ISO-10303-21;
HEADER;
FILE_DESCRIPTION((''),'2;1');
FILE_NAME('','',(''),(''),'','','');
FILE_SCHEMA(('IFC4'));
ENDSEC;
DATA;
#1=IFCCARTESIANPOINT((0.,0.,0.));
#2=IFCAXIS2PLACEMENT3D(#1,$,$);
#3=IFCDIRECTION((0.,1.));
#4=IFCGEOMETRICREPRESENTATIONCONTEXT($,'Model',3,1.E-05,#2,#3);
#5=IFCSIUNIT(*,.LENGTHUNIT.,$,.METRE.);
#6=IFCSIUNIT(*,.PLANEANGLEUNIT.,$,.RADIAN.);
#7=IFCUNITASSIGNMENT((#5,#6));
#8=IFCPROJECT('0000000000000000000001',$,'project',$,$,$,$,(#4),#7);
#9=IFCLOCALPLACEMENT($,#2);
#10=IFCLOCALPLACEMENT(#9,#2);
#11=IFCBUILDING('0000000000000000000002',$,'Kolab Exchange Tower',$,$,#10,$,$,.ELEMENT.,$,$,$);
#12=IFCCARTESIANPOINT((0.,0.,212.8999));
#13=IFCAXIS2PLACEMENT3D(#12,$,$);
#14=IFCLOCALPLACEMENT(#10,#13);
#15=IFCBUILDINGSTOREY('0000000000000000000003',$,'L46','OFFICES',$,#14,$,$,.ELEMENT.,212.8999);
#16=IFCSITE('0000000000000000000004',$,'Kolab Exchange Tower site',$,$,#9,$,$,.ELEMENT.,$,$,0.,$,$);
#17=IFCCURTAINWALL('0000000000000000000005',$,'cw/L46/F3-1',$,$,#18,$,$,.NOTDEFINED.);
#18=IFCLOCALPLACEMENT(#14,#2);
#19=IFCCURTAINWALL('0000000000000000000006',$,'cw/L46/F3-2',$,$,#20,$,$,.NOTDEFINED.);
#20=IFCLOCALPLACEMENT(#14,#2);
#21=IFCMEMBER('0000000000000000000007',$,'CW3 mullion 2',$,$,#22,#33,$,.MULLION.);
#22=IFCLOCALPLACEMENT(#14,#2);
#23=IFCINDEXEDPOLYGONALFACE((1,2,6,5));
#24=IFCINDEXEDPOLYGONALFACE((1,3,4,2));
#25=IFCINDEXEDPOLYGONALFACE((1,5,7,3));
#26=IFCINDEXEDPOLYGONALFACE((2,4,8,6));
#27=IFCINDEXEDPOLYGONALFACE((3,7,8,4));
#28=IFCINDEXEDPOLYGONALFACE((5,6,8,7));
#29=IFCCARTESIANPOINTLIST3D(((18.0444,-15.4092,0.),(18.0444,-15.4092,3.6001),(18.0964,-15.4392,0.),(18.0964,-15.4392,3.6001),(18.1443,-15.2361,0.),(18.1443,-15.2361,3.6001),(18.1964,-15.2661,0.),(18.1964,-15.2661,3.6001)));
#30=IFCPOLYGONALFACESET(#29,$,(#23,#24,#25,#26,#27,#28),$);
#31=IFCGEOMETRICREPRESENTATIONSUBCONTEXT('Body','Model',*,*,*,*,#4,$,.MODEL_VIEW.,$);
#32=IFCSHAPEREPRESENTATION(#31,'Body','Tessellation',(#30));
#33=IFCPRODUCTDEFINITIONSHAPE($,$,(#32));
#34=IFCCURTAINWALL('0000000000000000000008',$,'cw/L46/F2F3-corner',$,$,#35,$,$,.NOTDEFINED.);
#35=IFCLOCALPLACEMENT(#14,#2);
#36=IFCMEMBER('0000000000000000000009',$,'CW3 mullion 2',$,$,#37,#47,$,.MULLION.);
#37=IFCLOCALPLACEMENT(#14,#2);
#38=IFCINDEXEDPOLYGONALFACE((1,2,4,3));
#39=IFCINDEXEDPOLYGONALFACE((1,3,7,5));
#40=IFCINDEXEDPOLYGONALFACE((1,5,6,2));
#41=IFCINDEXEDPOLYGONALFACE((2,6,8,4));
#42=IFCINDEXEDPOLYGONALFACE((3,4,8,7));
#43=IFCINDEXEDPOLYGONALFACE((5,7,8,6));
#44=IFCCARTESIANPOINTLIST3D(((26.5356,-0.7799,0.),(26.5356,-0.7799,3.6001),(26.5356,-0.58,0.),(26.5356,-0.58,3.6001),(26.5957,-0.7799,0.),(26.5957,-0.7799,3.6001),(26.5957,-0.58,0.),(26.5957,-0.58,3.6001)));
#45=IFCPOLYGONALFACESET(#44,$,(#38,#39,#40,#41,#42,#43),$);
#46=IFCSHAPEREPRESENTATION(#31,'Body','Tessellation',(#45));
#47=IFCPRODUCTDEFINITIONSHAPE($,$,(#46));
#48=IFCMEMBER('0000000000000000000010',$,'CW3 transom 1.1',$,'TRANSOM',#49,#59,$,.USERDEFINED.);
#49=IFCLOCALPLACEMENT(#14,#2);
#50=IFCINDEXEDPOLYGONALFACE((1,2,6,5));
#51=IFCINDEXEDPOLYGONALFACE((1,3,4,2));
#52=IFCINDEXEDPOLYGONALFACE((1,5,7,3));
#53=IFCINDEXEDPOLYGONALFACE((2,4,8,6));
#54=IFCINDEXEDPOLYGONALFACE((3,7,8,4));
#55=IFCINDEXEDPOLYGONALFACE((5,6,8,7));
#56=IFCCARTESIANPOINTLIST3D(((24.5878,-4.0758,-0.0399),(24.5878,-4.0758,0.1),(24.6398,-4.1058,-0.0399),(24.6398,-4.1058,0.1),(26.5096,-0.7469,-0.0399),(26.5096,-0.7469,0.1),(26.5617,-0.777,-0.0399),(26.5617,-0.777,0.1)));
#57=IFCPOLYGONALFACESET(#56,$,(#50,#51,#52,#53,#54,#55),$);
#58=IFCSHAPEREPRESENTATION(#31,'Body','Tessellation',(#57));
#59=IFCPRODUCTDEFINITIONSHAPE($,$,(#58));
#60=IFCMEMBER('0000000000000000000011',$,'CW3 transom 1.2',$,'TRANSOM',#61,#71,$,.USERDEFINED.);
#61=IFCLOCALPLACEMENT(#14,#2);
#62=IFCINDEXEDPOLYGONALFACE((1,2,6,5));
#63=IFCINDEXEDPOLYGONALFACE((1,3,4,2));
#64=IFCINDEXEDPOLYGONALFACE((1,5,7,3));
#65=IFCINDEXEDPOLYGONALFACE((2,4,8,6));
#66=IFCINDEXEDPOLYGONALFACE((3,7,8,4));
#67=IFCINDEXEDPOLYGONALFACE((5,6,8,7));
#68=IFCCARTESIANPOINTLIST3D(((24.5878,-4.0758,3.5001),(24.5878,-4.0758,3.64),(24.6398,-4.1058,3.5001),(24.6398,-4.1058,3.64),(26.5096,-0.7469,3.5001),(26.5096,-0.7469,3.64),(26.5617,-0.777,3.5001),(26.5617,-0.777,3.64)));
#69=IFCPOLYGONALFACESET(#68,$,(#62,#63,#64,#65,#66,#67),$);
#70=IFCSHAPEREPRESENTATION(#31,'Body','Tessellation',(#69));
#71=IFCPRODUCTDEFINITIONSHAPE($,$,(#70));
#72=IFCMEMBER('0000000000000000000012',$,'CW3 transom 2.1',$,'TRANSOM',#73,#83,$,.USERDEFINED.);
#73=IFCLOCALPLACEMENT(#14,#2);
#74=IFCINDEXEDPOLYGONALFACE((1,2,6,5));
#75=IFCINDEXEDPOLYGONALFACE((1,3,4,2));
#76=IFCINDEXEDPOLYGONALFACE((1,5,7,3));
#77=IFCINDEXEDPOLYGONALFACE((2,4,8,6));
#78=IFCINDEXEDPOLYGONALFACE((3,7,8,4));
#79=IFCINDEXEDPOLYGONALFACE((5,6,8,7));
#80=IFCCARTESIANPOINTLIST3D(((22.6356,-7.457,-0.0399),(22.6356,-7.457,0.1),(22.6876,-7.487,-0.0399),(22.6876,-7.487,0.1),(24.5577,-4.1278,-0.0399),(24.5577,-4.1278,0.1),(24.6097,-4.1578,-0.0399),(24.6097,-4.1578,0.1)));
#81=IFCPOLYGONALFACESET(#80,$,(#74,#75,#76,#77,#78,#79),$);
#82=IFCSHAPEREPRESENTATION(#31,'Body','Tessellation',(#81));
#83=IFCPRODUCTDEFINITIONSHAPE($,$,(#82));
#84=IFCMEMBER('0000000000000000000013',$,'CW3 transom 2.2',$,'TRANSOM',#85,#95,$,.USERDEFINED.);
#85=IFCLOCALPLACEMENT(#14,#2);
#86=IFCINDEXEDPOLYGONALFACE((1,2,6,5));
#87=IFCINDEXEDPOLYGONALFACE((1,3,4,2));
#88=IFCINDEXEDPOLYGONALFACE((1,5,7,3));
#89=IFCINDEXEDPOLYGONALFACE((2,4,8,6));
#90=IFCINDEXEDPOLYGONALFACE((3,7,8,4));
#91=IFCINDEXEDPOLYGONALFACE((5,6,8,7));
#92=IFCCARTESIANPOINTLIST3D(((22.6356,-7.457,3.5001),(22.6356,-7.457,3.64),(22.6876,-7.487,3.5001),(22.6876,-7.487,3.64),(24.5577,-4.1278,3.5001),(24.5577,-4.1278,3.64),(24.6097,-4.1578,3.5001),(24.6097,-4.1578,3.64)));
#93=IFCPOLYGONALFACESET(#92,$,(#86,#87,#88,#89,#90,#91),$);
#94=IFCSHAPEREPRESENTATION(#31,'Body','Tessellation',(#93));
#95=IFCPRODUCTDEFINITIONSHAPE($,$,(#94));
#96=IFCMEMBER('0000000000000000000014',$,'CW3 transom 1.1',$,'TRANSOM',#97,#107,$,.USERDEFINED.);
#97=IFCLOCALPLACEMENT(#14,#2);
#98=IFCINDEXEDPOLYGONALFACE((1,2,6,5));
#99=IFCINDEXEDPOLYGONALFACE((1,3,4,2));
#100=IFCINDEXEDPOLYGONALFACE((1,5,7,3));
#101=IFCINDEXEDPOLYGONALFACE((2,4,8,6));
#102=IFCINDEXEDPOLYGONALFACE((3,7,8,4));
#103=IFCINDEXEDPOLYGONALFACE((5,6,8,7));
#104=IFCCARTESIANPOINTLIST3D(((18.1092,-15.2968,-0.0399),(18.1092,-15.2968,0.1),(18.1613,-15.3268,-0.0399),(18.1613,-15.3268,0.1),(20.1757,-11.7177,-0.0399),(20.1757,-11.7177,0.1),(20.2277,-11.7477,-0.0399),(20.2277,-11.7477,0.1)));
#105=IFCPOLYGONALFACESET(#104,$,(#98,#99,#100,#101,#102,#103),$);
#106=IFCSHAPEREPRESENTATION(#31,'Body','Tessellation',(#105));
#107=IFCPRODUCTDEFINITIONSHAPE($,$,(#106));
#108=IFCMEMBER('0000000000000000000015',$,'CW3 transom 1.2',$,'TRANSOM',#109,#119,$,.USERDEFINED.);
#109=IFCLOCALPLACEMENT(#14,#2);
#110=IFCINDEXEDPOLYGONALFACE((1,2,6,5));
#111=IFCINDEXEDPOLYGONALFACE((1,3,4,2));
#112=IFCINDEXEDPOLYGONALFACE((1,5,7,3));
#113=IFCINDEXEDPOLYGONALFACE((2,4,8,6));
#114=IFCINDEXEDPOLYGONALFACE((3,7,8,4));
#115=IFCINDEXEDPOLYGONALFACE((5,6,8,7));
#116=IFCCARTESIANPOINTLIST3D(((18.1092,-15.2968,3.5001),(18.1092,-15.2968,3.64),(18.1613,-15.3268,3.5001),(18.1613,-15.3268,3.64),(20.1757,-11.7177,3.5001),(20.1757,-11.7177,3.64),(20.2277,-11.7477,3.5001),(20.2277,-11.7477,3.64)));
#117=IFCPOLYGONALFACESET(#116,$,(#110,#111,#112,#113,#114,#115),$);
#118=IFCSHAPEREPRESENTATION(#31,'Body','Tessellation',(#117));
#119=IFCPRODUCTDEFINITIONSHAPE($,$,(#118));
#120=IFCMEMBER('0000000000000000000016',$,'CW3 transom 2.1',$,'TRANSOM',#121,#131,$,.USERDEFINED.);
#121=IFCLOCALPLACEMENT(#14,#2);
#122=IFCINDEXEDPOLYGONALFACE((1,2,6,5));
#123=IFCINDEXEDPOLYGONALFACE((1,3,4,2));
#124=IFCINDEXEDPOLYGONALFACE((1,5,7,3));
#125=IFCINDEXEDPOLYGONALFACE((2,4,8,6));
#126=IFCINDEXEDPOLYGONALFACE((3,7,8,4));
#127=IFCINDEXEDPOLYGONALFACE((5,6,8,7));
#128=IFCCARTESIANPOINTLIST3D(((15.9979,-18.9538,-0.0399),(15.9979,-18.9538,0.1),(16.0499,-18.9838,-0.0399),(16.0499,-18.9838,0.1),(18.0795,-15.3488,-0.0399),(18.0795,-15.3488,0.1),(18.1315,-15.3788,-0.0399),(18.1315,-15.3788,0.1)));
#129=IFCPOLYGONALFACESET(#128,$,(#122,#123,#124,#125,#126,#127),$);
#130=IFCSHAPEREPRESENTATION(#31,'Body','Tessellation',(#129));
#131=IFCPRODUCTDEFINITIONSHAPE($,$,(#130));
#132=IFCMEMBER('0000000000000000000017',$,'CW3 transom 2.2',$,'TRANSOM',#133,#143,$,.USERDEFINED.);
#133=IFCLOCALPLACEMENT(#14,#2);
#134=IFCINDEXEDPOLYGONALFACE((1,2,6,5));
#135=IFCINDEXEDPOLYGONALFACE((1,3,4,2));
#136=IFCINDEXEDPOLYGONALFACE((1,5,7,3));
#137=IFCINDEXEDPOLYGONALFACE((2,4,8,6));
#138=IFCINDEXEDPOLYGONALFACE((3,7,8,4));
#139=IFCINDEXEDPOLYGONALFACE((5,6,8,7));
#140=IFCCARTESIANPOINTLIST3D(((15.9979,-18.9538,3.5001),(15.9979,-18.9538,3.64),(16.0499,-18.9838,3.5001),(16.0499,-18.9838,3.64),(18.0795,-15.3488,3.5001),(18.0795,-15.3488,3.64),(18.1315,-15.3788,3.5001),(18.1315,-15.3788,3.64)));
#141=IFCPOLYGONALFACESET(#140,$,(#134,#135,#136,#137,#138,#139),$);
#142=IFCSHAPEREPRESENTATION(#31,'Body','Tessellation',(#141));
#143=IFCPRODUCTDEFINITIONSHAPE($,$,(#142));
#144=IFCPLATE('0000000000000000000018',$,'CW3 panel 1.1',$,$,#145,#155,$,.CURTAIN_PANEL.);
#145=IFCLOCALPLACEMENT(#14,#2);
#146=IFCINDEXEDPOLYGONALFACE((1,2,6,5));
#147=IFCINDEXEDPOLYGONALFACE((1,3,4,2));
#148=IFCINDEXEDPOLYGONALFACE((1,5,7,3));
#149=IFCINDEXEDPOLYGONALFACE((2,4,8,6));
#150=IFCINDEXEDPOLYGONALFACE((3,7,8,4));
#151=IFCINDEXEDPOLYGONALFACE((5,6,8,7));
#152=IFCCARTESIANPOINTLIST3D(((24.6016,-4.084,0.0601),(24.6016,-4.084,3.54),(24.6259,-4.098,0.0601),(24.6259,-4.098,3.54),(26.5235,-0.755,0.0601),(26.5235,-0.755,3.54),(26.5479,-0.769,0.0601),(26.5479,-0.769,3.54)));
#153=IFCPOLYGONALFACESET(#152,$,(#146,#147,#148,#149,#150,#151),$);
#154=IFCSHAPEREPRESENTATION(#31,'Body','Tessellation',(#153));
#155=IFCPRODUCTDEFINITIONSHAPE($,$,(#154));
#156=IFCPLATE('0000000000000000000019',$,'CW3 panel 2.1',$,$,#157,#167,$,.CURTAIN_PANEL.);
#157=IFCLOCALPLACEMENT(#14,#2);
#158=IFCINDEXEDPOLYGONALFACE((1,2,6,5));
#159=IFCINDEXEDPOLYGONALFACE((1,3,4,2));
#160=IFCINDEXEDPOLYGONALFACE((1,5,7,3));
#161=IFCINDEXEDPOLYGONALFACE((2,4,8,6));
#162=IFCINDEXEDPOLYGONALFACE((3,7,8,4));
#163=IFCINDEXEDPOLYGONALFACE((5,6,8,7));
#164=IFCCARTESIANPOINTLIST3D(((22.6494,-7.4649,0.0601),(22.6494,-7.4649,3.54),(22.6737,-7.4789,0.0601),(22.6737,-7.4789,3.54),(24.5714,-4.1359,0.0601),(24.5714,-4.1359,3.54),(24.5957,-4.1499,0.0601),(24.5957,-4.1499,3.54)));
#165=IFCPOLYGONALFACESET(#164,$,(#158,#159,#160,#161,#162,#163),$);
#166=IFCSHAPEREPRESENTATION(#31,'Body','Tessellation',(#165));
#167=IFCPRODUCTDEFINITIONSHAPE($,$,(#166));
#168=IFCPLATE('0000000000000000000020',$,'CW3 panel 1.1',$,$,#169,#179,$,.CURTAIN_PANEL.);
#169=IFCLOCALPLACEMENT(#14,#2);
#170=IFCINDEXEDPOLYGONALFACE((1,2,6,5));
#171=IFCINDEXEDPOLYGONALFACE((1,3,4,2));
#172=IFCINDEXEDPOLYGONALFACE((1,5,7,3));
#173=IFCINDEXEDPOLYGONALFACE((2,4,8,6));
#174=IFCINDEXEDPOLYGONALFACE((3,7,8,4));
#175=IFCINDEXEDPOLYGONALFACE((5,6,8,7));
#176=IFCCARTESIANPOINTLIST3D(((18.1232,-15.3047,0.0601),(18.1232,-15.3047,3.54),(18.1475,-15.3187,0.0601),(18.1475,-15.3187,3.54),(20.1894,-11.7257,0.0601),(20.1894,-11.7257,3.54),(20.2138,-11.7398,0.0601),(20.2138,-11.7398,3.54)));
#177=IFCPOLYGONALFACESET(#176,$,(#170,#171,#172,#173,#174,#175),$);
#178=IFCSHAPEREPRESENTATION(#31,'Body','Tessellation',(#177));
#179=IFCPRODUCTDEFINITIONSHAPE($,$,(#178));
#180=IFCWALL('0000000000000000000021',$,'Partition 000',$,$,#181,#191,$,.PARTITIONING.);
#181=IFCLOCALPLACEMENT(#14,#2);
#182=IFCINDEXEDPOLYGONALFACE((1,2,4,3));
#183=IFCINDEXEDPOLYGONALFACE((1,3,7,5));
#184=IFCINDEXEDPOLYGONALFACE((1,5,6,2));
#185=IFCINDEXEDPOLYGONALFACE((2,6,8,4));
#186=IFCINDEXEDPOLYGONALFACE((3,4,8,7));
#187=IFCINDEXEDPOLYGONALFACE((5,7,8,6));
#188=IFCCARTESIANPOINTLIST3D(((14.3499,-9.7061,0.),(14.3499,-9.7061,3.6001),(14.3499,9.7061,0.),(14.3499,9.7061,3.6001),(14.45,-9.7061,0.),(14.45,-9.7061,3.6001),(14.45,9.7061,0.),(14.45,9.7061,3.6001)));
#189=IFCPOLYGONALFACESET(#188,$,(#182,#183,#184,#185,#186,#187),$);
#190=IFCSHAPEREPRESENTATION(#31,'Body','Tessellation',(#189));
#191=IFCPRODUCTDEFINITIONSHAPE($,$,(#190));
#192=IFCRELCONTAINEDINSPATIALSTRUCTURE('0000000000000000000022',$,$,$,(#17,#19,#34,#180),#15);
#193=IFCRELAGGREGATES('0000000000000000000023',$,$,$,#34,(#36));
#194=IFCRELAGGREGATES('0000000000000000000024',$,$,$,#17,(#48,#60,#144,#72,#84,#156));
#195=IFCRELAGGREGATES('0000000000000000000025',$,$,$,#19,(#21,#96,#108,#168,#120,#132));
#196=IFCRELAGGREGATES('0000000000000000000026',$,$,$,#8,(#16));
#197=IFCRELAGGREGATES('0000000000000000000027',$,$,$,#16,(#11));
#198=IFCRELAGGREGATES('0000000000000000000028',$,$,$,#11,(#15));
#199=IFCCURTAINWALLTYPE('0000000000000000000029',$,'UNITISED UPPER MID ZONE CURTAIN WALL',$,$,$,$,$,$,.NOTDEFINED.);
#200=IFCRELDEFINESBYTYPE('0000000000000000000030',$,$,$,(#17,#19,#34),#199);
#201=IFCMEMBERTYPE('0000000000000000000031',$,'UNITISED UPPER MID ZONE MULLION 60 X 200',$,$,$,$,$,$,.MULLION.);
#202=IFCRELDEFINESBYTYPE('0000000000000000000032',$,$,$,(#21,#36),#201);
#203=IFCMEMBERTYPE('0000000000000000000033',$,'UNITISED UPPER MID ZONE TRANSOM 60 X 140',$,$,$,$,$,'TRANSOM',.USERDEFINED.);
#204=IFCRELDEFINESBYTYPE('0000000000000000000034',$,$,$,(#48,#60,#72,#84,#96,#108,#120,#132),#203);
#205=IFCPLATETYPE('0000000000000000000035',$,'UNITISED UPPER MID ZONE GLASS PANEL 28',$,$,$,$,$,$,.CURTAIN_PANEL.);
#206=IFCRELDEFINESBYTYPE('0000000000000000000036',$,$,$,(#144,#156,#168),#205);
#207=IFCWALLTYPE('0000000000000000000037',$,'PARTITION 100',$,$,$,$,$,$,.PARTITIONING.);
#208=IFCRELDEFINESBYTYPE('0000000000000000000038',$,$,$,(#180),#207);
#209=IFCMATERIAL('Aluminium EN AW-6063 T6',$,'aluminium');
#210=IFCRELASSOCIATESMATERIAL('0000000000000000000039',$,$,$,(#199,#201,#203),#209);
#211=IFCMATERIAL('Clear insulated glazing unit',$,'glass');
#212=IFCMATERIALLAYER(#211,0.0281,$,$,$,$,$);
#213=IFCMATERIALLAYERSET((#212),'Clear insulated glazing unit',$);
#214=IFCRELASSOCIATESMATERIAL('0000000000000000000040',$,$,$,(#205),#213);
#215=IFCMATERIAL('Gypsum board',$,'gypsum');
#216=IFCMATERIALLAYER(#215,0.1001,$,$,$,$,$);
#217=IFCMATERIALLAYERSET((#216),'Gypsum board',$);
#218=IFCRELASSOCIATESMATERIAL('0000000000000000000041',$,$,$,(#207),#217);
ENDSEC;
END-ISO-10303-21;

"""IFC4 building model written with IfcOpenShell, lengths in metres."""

from ifc_helpers import new_model, si_unit, direction, frame, frame_2d, origin, origin_2d, place, context, subcontext, project, spatial, rectangle, extrude, material, layer, layer_set, material_profile, profile_set, type_object, element, aggregate, save


model = new_model("IFC4")

# Units and contexts
model_context = context("Model", 3, precision=1e-05, world=origin(), true_north=direction((0.0, 1.0)))
body_context = subcontext(model_context, "Body", "Model", "MODEL_VIEW")
ifc_project = project(units=[si_unit("LENGTHUNIT", "METRE"), si_unit("PLANEANGLEUNIT", "RADIAN")], contexts=[model_context])

# Site, building, storey
site_placement = place(None, origin())
site = spatial("IfcSite", under=ifc_project, at=site_placement, Name="Kolab Exchange Tower site", CompositionType="ELEMENT", RefElevation=0.0)
building_placement = place(site_placement, origin())
building = spatial("IfcBuilding", under=site, at=building_placement, Name="Kolab Exchange Tower", CompositionType="ELEMENT")
storey_placement = place(building_placement, frame((0.0, 0.0, 212.8999)))
storey = spatial("IfcBuildingStorey", under=building, at=storey_placement, Name="L46", Description="OFFICES", CompositionType="ELEMENT", Elevation=212.8999)

# Curtain walls, member
ifc_material_1 = material(Name="Aluminium EN AW-6063 T6", Category="aluminium")
curtain_wall_type = type_object("IfcCurtainWallType", Name="UNITISED UPPER MID ZONE CURTAIN WALL", PredefinedType="NOTDEFINED", material=ifc_material_1)
curtain_wall_1_placement = place(storey_placement, origin())
curtain_wall_1 = element("IfcCurtainWall", 1, at=curtain_wall_1_placement, inside=storey, type_object=curtain_wall_type, Name="cw/L46/F3-1", PredefinedType="NOTDEFINED")
ifc_material_profile_1 = material_profile(ifc_material_1, rectangle(XDim=0.0601, YDim=0.2, at=origin_2d()), Name="RECT 60X200")
ifc_profile_set_1 = profile_set([ifc_material_profile_1], Name="Aluminium EN AW-6063 T6")
member_type_1 = type_object("IfcMemberType", Name="UNITISED UPPER MID ZONE MULLION 60 X 200", PredefinedType="MULLION", material=ifc_profile_set_1)
curtain_wall_2_placement = place(storey_placement, origin())
curtain_wall_2 = element("IfcCurtainWall", 2, at=curtain_wall_2_placement, inside=storey, type_object=curtain_wall_type, Name="cw/L46/F3-2", PredefinedType="NOTDEFINED")
member_1_placement = place(storey_placement, frame((18.1204, -15.3376, 0.0), z_axis=(0.0, 0.0, 1.0), x_axis=(0.866025, -0.5, 0.0)))
member_1 = element("IfcMember", 3, at=member_1_placement, type_object=member_type_1, Name="CW3 mullion 2", PredefinedType="MULLION", context=body_context, shape_type="SweptSolid", body=[
    extrude(rectangle(XDim=0.0601, YDim=0.2, at=origin_2d()), origin(), (0.0, 0.0, 1.0), 3.6001),
])

# Curtain wall, member
curtain_wall_3_placement = place(storey_placement, origin())
curtain_wall_3 = element("IfcCurtainWall", 4, at=curtain_wall_3_placement, inside=storey, type_object=curtain_wall_type, Name="cw/L46/F2F3-corner", PredefinedType="NOTDEFINED")
member_2_placement = place(storey_placement, frame((26.5657, -0.6799, 0.0), z_axis=(0.0, 0.0, 1.0), x_axis=(1.0, 0.0, 0.0)))
member_2 = element("IfcMember", 5, at=member_2_placement, type_object=member_type_1, Name="CW3 mullion 2", PredefinedType="MULLION", context=body_context, shape_type="SweptSolid", body=[
    extrude(rectangle(XDim=0.0601, YDim=0.2, at=origin_2d()), origin(), (0.0, 0.0, 1.0), 3.6001),
])
aggregate(curtain_wall_3, [member_2])

# Members
ifc_material_profile_2 = material_profile(ifc_material_1, rectangle(XDim=0.0601, YDim=0.1399, at=origin_2d()), Name="RECT 60X140")
ifc_profile_set_2 = profile_set([ifc_material_profile_2], Name="Aluminium EN AW-6063 T6")
member_type_2 = type_object("IfcMemberType", Name="UNITISED UPPER MID ZONE TRANSOM 60 X 140", ElementType="TRANSOM", PredefinedType="USERDEFINED", material=ifc_profile_set_2)
member_3_placement = place(storey_placement, frame((26.5356, -0.762, 0.03), z_axis=(-0.499992, -0.86603, 0.0), x_axis=(0.86603, -0.499992, 0.0)))
member_3 = element("IfcMember", 6, at=member_3_placement, type_object=member_type_2, Name="CW3 transom 1.1", ObjectType="TRANSOM", PredefinedType="USERDEFINED", context=body_context, shape_type="SweptSolid", body=[
    extrude(rectangle(XDim=0.0601, YDim=0.1399, at=origin_2d()), origin(), (0.0, 0.0, 1.0), 3.8438),
])
member_4_placement = place(storey_placement, frame((26.5356, -0.762, 3.5701), z_axis=(-0.499992, -0.86603, 0.0), x_axis=(0.86603, -0.499992, 0.0)))
member_4 = element("IfcMember", 7, at=member_4_placement, type_object=member_type_2, Name="CW3 transom 1.2", ObjectType="TRANSOM", PredefinedType="USERDEFINED", context=body_context, shape_type="SweptSolid", body=[
    extrude(rectangle(XDim=0.0601, YDim=0.1399, at=origin_2d()), origin(), (0.0, 0.0, 1.0), 3.8438),
])
member_5_placement = place(storey_placement, frame((24.5837, -4.1428, 0.03), z_axis=(-0.500012, -0.866018, 0.0), x_axis=(0.866018, -0.500012, 0.0)))
member_5 = element("IfcMember", 8, at=member_5_placement, type_object=member_type_2, Name="CW3 transom 2.1", ObjectType="TRANSOM", PredefinedType="USERDEFINED", context=body_context, shape_type="SweptSolid", body=[
    extrude(rectangle(XDim=0.0601, YDim=0.1399, at=origin_2d()), origin(), (0.0, 0.0, 1.0), 3.8442),
])
member_6_placement = place(storey_placement, frame((24.5837, -4.1428, 3.5701), z_axis=(-0.500012, -0.866018, 0.0), x_axis=(0.866018, -0.500012, 0.0)))
member_6 = element("IfcMember", 9, at=member_6_placement, type_object=member_type_2, Name="CW3 transom 2.2", ObjectType="TRANSOM", PredefinedType="USERDEFINED", context=body_context, shape_type="SweptSolid", body=[
    extrude(rectangle(XDim=0.0601, YDim=0.1399, at=origin_2d()), origin(), (0.0, 0.0, 1.0), 3.8442),
])
member_7_placement = place(storey_placement, frame((20.2017, -11.7327, 0.03), z_axis=(-0.500002, -0.866024, 0.0), x_axis=(0.866024, -0.500002, 0.0)))
member_7 = element("IfcMember", 10, at=member_7_placement, type_object=member_type_2, Name="CW3 transom 1.1", ObjectType="TRANSOM", PredefinedType="USERDEFINED", context=body_context, shape_type="SweptSolid", body=[
    extrude(rectangle(XDim=0.0601, YDim=0.1399, at=origin_2d()), origin(), (0.0, 0.0, 1.0), 4.1328),
])
member_8_placement = place(storey_placement, frame((20.2017, -11.7327, 3.5701), z_axis=(-0.500002, -0.866024, 0.0), x_axis=(0.866024, -0.500002, 0.0)))
member_8 = element("IfcMember", 11, at=member_8_placement, type_object=member_type_2, Name="CW3 transom 1.2", ObjectType="TRANSOM", PredefinedType="USERDEFINED", context=body_context, shape_type="SweptSolid", body=[
    extrude(rectangle(XDim=0.0601, YDim=0.1399, at=origin_2d()), origin(), (0.0, 0.0, 1.0), 4.1328),
])
member_9_placement = place(storey_placement, frame((18.1055, -15.3638, 0.03), z_axis=(-0.500037, -0.866004, 0.0), x_axis=(0.866004, -0.500037, 0.0)))
member_9 = element("IfcMember", 12, at=member_9_placement, type_object=member_type_2, Name="CW3 transom 2.1", ObjectType="TRANSOM", PredefinedType="USERDEFINED", context=body_context, shape_type="SweptSolid", body=[
    extrude(rectangle(XDim=0.0601, YDim=0.1399, at=origin_2d()), origin(), (0.0, 0.0, 1.0), 4.1628),
])
member_10_placement = place(storey_placement, frame((18.1055, -15.3638, 3.5701), z_axis=(-0.500037, -0.866004, 0.0), x_axis=(0.866004, -0.500037, 0.0)))
member_10 = element("IfcMember", 13, at=member_10_placement, type_object=member_type_2, Name="CW3 transom 2.2", ObjectType="TRANSOM", PredefinedType="USERDEFINED", context=body_context, shape_type="SweptSolid", body=[
    extrude(rectangle(XDim=0.0601, YDim=0.1399, at=origin_2d()), origin(), (0.0, 0.0, 1.0), 4.1628),
])

# Plates
ifc_material_2 = material(Name="Clear insulated glazing unit", Category="glass")
ifc_layer_1 = layer(ifc_material_2, 0.0281)
ifc_layer_set_1 = layer_set([ifc_layer_1], Name="Clear insulated glazing unit")
plate_type = type_object("IfcPlateType", Name="UNITISED UPPER MID ZONE GLASS PANEL 28", PredefinedType="CURTAIN_PANEL", material=ifc_layer_set_1)
plate_1_placement = place(storey_placement, frame((25.5747, -2.4265, 0.0601), z_axis=(0.0, 0.0, 1.0), x_axis=(-0.5, -0.866025, 0.0)))
plate_1 = element("IfcPlate", 14, at=plate_1_placement, type_object=plate_type, Name="CW3 panel 1.1", PredefinedType="CURTAIN_PANEL", context=body_context, shape_type="SweptSolid", body=[
    extrude(rectangle(XDim=3.844, YDim=0.0281, at=origin_2d()), origin(), (0.0, 0.0, 1.0), 3.48),
])
plate_2_placement = place(storey_placement, frame((23.6226, -5.8074, 0.0601), z_axis=(0.0, 0.0, 1.0), x_axis=(-0.5, -0.866025, 0.0)))
plate_2 = element("IfcPlate", 15, at=plate_2_placement, type_object=plate_type, Name="CW3 panel 2.1", PredefinedType="CURTAIN_PANEL", context=body_context, shape_type="SweptSolid", body=[
    extrude(rectangle(XDim=3.844, YDim=0.0281, at=origin_2d()), origin(), (0.0, 0.0, 1.0), 3.48),
])
aggregate(curtain_wall_1, [member_3, member_4, plate_1, member_5, member_6, plate_2])
plate_3_placement = place(storey_placement, frame((19.1685, -13.5222, 0.0601), z_axis=(0.0, 0.0, 1.0), x_axis=(-0.5, -0.866025, 0.0)))
plate_3 = element("IfcPlate", 16, at=plate_3_placement, type_object=plate_type, Name="CW3 panel 1.1", PredefinedType="CURTAIN_PANEL", context=body_context, shape_type="SweptSolid", body=[
    extrude(rectangle(XDim=4.1326, YDim=0.0281, at=origin_2d()), origin(), (0.0, 0.0, 1.0), 3.48),
])
aggregate(curtain_wall_2, [member_1, member_7, member_8, plate_3, member_9, member_10])

# Wall
ifc_material_3 = material(Name="Gypsum board", Category="gypsum")
ifc_layer_2 = layer(ifc_material_3, 0.1001)
ifc_layer_set_2 = layer_set([ifc_layer_2], Name="Gypsum board")
wall_type_1 = type_object("IfcWallType", Name="PARTITION 100", PredefinedType="PARTITIONING", material=ifc_layer_set_2)
wall_1_placement = place(storey_placement, frame((14.3999, -9.7061, 0.0), z_axis=(0.0, 0.0, 1.0), x_axis=(0.0, 1.0, 0.0)))
element("IfcWall", 17, at=wall_1_placement, inside=storey, type_object=wall_type_1, Name="Partition 000", PredefinedType="PARTITIONING", context=body_context, shape_type="SweptSolid", body=[
    extrude(rectangle(XDim=19.4121, YDim=0.1001, at=frame_2d((9.7061, 0.0))), origin(), (0.0, 0.0, 1.0), 3.6001),
])

save(model, "model.ifc")
